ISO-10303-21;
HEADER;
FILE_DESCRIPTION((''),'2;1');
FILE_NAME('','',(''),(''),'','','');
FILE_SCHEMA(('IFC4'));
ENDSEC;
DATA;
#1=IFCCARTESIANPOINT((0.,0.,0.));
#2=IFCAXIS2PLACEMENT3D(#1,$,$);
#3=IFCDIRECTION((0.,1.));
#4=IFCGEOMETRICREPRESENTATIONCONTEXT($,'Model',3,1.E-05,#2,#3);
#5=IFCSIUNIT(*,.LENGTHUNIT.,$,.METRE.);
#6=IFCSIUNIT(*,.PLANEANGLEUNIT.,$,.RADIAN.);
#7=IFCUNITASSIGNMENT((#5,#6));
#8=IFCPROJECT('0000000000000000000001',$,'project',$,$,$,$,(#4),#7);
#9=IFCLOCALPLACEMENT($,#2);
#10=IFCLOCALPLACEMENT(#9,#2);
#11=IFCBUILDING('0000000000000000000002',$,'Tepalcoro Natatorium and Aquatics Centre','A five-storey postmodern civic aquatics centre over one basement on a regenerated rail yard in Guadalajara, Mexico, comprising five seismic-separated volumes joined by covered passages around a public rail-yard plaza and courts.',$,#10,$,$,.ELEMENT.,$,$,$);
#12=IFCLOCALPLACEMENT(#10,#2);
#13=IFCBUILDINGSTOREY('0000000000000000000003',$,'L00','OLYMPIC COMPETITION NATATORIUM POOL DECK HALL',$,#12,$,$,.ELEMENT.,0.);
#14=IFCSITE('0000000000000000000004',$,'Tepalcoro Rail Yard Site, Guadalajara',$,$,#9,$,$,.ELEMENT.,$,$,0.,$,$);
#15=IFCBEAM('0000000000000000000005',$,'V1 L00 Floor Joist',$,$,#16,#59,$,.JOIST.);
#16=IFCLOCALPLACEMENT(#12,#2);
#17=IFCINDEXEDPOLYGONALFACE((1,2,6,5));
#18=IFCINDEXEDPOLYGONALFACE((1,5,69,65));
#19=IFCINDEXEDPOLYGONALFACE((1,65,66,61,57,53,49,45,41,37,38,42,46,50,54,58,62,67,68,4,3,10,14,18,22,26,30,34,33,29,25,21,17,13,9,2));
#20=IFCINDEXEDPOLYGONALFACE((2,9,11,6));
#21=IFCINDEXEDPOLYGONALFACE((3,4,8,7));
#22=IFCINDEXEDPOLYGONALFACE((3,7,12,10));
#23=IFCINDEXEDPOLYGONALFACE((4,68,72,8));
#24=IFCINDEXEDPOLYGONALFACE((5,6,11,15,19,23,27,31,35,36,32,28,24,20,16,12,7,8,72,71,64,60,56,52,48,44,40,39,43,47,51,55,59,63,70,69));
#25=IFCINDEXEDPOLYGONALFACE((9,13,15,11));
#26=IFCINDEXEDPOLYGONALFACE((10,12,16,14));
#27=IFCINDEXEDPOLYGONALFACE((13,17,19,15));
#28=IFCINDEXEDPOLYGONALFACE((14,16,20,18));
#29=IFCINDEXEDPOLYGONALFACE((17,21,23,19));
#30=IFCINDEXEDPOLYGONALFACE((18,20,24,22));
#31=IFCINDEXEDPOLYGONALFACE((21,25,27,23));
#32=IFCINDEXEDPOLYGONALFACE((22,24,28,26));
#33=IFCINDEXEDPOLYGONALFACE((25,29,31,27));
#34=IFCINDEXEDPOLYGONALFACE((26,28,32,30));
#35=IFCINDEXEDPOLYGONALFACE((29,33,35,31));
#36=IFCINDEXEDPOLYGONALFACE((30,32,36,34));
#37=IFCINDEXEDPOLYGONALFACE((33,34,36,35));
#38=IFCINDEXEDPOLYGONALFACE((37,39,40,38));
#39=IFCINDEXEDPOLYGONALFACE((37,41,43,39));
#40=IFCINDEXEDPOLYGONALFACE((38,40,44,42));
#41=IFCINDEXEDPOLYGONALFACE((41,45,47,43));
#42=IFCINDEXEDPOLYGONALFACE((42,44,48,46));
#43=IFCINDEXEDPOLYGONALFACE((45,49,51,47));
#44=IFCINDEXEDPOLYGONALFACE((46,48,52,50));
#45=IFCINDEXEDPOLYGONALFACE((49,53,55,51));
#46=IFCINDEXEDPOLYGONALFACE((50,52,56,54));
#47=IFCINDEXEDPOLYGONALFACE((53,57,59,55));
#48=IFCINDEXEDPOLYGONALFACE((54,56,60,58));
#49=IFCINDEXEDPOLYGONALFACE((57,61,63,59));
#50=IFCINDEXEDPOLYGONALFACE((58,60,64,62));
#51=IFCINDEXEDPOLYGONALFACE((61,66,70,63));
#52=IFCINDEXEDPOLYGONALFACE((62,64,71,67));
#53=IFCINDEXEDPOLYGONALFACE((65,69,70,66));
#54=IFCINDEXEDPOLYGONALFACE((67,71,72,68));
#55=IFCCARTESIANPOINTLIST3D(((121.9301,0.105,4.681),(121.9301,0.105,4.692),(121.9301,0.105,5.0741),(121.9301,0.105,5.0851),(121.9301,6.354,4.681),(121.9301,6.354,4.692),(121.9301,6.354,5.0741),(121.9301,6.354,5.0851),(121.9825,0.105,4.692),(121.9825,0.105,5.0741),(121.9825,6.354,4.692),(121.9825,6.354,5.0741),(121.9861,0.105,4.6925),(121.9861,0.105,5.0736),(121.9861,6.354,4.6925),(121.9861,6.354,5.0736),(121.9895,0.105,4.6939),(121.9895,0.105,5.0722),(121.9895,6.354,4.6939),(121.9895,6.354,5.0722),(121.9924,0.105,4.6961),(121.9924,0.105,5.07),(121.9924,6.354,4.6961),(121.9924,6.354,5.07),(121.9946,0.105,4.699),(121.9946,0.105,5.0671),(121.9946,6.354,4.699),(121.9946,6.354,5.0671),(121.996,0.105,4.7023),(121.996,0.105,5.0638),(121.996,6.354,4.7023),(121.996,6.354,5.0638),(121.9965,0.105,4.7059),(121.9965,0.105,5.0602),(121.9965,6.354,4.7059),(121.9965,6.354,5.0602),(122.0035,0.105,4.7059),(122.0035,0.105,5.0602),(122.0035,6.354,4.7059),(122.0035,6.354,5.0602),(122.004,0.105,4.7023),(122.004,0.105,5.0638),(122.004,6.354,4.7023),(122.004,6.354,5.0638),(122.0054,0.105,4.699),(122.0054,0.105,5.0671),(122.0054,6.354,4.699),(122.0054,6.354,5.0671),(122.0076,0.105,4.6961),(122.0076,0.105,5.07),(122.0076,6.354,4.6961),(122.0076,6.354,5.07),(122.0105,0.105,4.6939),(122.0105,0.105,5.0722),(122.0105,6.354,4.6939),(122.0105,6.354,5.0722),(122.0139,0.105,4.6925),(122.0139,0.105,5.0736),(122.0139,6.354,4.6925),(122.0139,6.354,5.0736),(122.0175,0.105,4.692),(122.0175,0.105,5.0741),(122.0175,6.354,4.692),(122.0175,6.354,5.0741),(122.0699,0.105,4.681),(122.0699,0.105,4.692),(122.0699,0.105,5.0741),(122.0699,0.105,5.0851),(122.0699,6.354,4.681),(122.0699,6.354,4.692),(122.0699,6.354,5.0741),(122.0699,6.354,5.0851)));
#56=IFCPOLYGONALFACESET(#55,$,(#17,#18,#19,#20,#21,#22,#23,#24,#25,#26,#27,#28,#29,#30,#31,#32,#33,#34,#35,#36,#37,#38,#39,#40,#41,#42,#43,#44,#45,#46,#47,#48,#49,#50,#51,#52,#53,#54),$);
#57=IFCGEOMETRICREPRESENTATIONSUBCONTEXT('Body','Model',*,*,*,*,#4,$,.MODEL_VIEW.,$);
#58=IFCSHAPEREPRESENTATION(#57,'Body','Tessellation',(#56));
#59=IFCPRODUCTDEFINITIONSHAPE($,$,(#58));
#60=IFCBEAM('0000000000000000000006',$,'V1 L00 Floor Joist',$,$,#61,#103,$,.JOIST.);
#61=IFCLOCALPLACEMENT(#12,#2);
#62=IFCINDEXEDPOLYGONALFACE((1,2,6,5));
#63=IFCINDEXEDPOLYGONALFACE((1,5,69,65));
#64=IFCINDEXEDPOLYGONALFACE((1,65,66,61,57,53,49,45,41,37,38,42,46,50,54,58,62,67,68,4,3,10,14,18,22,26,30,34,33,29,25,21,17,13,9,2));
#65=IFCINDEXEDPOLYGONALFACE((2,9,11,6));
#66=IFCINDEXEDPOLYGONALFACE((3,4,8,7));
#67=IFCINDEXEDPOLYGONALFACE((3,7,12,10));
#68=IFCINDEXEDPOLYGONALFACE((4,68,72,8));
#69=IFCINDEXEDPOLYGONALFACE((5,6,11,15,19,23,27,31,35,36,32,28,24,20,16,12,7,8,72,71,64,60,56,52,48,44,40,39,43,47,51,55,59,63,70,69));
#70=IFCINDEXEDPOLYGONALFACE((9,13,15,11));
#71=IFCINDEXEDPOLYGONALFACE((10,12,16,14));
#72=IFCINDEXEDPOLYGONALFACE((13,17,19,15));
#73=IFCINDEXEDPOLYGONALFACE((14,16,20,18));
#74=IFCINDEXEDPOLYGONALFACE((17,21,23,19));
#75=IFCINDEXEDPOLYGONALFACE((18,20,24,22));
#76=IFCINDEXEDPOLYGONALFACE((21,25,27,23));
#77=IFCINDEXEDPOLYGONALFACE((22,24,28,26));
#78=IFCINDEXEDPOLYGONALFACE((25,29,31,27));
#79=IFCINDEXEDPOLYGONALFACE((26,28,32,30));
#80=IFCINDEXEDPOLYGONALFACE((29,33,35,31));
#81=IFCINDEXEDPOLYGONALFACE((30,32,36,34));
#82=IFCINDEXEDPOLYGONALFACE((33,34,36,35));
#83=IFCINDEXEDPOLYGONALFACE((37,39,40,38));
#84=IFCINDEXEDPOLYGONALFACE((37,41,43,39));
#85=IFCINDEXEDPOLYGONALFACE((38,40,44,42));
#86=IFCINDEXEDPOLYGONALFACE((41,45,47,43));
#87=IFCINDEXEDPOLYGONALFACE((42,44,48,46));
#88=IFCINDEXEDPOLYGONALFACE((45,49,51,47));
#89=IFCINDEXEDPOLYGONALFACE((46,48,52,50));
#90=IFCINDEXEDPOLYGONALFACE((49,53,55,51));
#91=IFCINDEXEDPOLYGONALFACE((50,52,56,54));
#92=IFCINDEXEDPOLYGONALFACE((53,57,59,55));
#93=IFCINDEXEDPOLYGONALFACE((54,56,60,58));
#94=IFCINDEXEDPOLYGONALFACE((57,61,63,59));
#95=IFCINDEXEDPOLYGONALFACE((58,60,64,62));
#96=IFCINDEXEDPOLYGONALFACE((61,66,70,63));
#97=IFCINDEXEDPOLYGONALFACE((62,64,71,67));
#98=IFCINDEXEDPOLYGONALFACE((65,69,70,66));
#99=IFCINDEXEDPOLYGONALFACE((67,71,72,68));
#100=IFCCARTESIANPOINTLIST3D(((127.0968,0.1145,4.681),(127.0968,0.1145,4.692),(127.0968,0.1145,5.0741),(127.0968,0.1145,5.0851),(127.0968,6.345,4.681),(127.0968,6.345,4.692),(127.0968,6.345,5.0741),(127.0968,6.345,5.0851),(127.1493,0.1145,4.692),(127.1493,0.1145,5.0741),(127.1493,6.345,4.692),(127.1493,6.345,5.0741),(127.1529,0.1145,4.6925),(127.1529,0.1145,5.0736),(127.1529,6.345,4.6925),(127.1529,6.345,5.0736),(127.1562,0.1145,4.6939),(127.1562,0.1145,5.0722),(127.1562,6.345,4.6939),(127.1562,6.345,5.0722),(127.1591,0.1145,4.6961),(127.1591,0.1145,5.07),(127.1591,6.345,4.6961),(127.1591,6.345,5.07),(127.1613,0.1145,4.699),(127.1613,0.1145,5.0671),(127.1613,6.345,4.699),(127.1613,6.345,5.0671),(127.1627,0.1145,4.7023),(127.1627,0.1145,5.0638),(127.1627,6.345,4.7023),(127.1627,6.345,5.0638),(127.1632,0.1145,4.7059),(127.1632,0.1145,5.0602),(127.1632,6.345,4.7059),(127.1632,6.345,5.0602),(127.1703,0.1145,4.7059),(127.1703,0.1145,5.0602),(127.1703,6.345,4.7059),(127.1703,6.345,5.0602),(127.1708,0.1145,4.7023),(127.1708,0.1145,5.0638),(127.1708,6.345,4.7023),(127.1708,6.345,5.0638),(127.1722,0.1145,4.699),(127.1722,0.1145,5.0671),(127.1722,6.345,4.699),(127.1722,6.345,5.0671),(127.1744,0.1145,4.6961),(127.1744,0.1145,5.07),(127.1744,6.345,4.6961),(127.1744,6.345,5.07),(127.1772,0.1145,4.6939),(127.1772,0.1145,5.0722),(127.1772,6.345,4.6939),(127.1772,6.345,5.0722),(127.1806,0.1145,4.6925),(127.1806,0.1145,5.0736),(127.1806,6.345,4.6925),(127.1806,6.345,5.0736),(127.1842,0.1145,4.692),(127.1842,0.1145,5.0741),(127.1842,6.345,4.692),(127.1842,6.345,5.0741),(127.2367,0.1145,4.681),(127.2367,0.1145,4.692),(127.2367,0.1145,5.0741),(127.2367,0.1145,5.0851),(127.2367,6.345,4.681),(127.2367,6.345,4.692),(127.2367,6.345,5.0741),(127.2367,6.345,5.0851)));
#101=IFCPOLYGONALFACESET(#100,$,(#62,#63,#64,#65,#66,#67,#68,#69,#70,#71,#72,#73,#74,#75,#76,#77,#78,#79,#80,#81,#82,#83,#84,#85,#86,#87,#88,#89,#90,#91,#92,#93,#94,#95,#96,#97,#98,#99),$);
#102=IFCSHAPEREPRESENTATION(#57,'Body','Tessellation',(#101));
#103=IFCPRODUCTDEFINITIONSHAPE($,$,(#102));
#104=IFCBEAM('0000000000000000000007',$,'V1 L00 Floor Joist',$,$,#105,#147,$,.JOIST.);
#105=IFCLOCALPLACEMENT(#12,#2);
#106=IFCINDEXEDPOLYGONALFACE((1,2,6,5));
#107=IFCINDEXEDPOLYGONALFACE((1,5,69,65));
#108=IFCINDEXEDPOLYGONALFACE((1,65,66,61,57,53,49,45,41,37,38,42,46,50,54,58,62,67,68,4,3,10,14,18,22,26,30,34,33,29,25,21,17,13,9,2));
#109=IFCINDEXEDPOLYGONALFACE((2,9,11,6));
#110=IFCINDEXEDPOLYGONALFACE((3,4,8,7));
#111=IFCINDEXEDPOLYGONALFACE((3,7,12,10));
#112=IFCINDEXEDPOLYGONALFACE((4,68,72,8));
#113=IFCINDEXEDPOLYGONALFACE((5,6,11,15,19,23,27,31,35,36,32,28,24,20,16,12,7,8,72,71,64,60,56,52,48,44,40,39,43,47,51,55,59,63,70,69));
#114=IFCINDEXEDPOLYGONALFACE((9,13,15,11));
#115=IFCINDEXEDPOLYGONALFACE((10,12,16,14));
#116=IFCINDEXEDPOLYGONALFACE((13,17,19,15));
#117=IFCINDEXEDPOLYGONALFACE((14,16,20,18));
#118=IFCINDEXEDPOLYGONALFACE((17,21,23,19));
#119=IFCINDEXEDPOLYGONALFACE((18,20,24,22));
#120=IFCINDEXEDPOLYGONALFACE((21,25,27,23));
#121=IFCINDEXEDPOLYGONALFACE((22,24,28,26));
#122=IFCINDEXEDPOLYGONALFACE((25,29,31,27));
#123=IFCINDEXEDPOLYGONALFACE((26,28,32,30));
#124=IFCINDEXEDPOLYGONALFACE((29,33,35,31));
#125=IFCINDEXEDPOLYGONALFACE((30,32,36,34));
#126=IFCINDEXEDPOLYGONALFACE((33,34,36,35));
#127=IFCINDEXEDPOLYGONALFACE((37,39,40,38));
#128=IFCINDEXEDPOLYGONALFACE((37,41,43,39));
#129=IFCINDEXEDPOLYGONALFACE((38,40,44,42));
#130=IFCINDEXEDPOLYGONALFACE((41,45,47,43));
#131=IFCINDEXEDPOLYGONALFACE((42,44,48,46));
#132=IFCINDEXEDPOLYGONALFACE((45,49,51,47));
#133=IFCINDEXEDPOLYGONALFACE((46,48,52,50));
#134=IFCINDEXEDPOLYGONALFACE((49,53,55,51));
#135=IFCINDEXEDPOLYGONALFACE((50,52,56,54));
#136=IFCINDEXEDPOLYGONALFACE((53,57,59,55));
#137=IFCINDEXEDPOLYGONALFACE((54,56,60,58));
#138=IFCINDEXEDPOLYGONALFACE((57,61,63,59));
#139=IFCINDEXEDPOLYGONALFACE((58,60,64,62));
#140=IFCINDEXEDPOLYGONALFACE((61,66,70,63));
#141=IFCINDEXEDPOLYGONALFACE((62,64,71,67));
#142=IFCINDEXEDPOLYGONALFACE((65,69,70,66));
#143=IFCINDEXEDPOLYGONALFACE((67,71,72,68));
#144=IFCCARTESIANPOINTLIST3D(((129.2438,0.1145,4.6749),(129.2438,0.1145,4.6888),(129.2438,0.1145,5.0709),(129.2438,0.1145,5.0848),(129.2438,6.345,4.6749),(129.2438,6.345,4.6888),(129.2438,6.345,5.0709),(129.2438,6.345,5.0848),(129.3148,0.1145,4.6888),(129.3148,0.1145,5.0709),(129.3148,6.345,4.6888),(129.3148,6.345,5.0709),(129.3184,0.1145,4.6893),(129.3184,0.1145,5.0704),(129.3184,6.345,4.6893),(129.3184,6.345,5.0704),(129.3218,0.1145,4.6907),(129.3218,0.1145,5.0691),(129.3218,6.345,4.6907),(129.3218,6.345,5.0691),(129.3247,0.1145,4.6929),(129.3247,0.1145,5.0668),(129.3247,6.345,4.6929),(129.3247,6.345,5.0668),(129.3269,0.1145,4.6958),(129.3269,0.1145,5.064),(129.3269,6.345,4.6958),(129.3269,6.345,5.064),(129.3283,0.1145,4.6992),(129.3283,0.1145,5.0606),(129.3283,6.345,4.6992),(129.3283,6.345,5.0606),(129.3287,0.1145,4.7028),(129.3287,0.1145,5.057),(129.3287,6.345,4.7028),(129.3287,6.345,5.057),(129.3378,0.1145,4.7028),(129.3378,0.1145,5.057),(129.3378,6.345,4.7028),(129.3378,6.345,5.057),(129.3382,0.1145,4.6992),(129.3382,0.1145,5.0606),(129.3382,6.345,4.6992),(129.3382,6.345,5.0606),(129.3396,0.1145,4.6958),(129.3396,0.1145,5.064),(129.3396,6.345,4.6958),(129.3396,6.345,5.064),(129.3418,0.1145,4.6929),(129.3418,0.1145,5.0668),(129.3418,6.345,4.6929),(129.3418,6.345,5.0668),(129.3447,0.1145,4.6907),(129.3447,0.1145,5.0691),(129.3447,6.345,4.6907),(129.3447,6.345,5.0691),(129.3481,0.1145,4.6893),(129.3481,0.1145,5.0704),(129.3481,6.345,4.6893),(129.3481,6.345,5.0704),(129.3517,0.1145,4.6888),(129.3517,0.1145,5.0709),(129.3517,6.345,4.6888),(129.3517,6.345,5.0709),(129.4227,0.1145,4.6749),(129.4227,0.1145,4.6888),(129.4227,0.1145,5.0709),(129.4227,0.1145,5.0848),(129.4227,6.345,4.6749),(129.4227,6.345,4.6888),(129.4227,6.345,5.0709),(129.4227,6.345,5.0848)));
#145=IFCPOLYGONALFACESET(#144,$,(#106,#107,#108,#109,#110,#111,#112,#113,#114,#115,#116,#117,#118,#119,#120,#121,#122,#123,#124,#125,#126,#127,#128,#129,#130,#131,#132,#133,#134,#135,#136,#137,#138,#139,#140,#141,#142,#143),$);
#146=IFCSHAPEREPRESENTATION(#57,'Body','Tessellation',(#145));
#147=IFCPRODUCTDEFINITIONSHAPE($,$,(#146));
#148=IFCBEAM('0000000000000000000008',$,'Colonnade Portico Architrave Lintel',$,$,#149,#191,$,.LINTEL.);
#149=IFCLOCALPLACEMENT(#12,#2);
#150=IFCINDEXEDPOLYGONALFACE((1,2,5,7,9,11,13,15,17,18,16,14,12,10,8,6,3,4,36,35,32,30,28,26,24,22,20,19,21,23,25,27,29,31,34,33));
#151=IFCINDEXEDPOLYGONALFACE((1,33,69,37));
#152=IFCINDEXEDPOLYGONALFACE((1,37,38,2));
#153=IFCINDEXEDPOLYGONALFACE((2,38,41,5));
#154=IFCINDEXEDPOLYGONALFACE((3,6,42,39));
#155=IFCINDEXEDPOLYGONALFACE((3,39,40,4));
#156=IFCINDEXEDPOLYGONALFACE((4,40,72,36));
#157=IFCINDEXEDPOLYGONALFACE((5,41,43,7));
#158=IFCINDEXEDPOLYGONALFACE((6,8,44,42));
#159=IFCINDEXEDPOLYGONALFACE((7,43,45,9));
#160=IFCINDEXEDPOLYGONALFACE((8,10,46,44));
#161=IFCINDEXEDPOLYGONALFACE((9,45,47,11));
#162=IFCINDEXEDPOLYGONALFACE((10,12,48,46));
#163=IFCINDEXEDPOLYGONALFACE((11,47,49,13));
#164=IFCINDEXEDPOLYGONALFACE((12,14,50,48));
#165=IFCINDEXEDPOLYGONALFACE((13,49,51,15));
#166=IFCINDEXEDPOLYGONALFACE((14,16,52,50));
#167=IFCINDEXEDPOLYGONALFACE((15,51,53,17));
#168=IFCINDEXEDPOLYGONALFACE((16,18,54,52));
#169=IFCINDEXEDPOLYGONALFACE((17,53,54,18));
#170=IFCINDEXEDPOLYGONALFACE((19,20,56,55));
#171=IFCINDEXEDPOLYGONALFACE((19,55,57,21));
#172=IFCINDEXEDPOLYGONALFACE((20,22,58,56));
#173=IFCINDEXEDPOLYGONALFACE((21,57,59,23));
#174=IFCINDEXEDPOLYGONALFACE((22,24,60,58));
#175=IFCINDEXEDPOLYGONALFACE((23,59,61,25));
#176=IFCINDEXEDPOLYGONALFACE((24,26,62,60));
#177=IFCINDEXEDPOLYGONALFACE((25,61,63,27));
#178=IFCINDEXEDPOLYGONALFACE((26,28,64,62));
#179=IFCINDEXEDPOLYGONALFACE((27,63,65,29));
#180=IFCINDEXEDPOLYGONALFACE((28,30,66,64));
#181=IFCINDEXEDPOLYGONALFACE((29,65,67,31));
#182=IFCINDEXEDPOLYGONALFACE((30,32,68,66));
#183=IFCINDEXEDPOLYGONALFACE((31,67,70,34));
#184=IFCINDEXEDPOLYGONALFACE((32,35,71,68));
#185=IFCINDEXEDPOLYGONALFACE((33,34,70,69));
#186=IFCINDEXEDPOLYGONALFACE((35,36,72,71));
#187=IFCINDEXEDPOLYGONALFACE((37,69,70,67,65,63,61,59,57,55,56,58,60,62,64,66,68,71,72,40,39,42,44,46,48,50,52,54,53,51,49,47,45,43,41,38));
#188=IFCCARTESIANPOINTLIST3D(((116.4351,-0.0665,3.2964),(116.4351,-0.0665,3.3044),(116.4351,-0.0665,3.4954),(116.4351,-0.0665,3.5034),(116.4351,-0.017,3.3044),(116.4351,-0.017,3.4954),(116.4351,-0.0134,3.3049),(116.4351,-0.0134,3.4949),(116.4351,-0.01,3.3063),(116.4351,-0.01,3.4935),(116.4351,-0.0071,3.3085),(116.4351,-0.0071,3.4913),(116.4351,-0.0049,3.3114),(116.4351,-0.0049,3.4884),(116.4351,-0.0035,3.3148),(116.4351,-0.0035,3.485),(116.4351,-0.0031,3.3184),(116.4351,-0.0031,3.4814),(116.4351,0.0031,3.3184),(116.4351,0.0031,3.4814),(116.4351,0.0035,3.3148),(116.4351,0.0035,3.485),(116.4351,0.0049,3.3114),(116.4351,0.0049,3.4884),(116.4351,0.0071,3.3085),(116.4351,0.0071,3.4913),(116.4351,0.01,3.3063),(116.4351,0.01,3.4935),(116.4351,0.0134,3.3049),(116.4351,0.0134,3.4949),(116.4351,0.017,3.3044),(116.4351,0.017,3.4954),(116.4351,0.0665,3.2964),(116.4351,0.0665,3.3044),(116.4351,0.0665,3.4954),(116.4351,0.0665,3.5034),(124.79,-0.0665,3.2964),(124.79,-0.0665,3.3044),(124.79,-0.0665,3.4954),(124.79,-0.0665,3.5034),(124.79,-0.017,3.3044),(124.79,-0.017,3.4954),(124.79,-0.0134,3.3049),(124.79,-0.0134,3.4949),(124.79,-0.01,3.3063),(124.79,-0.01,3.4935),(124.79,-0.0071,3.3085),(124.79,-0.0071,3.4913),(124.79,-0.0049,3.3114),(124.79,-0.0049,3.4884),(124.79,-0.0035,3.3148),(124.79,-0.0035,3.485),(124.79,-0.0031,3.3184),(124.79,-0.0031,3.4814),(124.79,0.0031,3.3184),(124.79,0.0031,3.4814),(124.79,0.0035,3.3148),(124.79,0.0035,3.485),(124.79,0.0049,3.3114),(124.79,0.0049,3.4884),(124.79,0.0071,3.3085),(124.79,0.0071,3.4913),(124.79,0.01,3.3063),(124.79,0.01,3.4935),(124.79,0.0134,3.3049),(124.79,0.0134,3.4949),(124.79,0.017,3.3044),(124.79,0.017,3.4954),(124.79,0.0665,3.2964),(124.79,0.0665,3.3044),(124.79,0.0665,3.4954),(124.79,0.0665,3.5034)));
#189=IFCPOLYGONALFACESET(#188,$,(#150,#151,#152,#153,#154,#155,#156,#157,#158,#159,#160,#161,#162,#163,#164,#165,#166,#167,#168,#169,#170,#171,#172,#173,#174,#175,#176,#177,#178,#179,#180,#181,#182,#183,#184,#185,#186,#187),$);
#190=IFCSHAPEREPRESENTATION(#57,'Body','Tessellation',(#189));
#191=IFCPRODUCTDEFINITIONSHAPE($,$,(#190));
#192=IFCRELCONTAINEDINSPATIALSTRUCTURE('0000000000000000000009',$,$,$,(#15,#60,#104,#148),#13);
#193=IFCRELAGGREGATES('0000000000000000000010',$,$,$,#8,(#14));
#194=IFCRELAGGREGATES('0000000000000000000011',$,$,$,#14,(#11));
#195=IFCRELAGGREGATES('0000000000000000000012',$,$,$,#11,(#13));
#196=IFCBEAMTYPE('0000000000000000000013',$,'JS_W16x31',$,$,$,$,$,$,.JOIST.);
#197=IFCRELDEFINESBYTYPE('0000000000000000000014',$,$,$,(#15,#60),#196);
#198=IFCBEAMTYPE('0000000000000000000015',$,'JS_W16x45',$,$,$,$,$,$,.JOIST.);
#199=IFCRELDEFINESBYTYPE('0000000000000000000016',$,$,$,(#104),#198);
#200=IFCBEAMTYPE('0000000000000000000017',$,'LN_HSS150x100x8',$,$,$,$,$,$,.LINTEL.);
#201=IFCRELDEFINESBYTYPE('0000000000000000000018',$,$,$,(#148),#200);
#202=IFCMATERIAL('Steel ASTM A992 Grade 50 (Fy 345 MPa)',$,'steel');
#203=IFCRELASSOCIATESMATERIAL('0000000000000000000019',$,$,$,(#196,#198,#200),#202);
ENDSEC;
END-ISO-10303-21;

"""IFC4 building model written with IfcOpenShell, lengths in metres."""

from ifc_helpers import new_model, si_unit, direction, frame, origin, origin_2d, place, context, subcontext, project, spatial, i_section, extrude, material, material_profile, profile_set, type_object, element, save


model = new_model("IFC4")

# Units and contexts
model_context = context("Model", 3, precision=1e-05, world=origin(), true_north=direction((0.0, 1.0)))
body_context = subcontext(model_context, "Body", "Model", "MODEL_VIEW")
ifc_project = project(units=[si_unit("LENGTHUNIT", "METRE"), si_unit("PLANEANGLEUNIT", "RADIAN")], contexts=[model_context])

# Site, building, storey
site_placement = place(None, origin())
site = spatial("IfcSite", under=ifc_project, at=site_placement, Name="Tepalcoro Rail Yard Site, Guadalajara", CompositionType="ELEMENT", RefElevation=0.0)
building_placement = place(site_placement, origin())
building = spatial("IfcBuilding", under=site, at=building_placement, Name="Tepalcoro Natatorium and Aquatics Centre", Description="A five-storey postmodern civic aquatics centre over one basement on a regenerated rail yard in Guadalajara, Mexico, comprising five seismic-separated volumes joined by covered passages around a public rail-yard plaza and courts.", CompositionType="ELEMENT")
storey_placement = place(building_placement, origin())
storey = spatial("IfcBuildingStorey", under=building, at=storey_placement, Name="L00", Description="OLYMPIC COMPETITION NATATORIUM POOL DECK HALL", CompositionType="ELEMENT", Elevation=0.0)

# Beams
ifc_material_1 = material(Name="Steel ASTM A992 Grade 50 (Fy 345 MPa)", Category="steel")
ifc_material_profile_1 = material_profile(ifc_material_1, i_section(OverallWidth=0.1399, OverallDepth=0.4041, WebThickness=0.0071, FlangeThickness=0.011, FilletRadius=0.0139, at=origin_2d()), Name="W16X31")
ifc_profile_set_1 = profile_set([ifc_material_profile_1], Name="Steel ASTM A992 Grade 50 (Fy 345 MPa)")
beam_type_1 = type_object("IfcBeamType", Name="JS_W16x31", PredefinedType="JOIST", material=ifc_profile_set_1)
beam_1_placement = place(storey_placement, frame((122.0, 0.105, 4.8831), z_axis=(0.0, 1.0, 0.0), x_axis=(-1.0, 0.0, 0.0)))
element("IfcBeam", 1, at=beam_1_placement, inside=storey, type_object=beam_type_1, Name="V1 L00 Floor Joist", PredefinedType="JOIST", context=body_context, shape_type="SweptSolid", body=[
    extrude(i_section(OverallWidth=0.1399, OverallDepth=0.4041, WebThickness=0.0071, FlangeThickness=0.011, FilletRadius=0.0139, at=origin_2d()), origin(), (0.0, 0.0, 1.0), 6.249),
])
beam_2_placement = place(storey_placement, frame((127.1667, 0.1145, 4.8831), z_axis=(0.0, 1.0, 0.0), x_axis=(-1.0, 0.0, 0.0)))
element("IfcBeam", 2, at=beam_2_placement, inside=storey, type_object=beam_type_1, Name="V1 L00 Floor Joist", PredefinedType="JOIST", context=body_context, shape_type="SweptSolid", body=[
    extrude(i_section(OverallWidth=0.1399, OverallDepth=0.4041, WebThickness=0.0071, FlangeThickness=0.011, FilletRadius=0.0139, at=origin_2d()), origin(), (0.0, 0.0, 1.0), 6.2305),
])
ifc_material_profile_2 = material_profile(ifc_material_1, i_section(OverallWidth=0.179, OverallDepth=0.4099, WebThickness=0.009, FlangeThickness=0.0139, FilletRadius=0.0139, at=origin_2d()), Name="W16X45")
ifc_profile_set_2 = profile_set([ifc_material_profile_2], Name="Steel ASTM A992 Grade 50 (Fy 345 MPa)")
beam_type_2 = type_object("IfcBeamType", Name="JS_W16x45", PredefinedType="JOIST", material=ifc_profile_set_2)
beam_3_placement = place(storey_placement, frame((129.3333, 0.1145, 4.8799), z_axis=(0.0, 1.0, 0.0), x_axis=(-1.0, 0.0, 0.0)))
element("IfcBeam", 3, at=beam_3_placement, inside=storey, type_object=beam_type_2, Name="V1 L00 Floor Joist", PredefinedType="JOIST", context=body_context, shape_type="SweptSolid", body=[
    extrude(i_section(OverallWidth=0.179, OverallDepth=0.4099, WebThickness=0.009, FlangeThickness=0.0139, FilletRadius=0.0139, at=origin_2d()), origin(), (0.0, 0.0, 1.0), 6.2305),
])
ifc_material_profile_3 = material_profile(ifc_material_1, i_section(OverallWidth=0.1331, OverallDepth=0.207, WebThickness=0.0061, FlangeThickness=0.0081, FilletRadius=0.0139, at=origin_2d()), Name="W8X18")
ifc_profile_set_3 = profile_set([ifc_material_profile_3], Name="Steel ASTM A992 Grade 50 (Fy 345 MPa)")
beam_type_3 = type_object("IfcBeamType", Name="LN_HSS150x100x8", PredefinedType="LINTEL", material=ifc_profile_set_3)
beam_4_placement = place(storey_placement, frame((116.4351, 0.0, 3.3999), z_axis=(1.0, 0.0, 0.0), x_axis=(0.0, 1.0, 0.0)))
element("IfcBeam", 4, at=beam_4_placement, inside=storey, type_object=beam_type_3, Name="Colonnade Portico Architrave Lintel", PredefinedType="LINTEL", context=body_context, shape_type="SweptSolid", body=[
    extrude(i_section(OverallWidth=0.1331, OverallDepth=0.207, WebThickness=0.0061, FlangeThickness=0.0081, FilletRadius=0.0139, at=origin_2d()), origin(), (0.0, 0.0, 1.0), 8.355),
])

save(model, "model.ifc")
